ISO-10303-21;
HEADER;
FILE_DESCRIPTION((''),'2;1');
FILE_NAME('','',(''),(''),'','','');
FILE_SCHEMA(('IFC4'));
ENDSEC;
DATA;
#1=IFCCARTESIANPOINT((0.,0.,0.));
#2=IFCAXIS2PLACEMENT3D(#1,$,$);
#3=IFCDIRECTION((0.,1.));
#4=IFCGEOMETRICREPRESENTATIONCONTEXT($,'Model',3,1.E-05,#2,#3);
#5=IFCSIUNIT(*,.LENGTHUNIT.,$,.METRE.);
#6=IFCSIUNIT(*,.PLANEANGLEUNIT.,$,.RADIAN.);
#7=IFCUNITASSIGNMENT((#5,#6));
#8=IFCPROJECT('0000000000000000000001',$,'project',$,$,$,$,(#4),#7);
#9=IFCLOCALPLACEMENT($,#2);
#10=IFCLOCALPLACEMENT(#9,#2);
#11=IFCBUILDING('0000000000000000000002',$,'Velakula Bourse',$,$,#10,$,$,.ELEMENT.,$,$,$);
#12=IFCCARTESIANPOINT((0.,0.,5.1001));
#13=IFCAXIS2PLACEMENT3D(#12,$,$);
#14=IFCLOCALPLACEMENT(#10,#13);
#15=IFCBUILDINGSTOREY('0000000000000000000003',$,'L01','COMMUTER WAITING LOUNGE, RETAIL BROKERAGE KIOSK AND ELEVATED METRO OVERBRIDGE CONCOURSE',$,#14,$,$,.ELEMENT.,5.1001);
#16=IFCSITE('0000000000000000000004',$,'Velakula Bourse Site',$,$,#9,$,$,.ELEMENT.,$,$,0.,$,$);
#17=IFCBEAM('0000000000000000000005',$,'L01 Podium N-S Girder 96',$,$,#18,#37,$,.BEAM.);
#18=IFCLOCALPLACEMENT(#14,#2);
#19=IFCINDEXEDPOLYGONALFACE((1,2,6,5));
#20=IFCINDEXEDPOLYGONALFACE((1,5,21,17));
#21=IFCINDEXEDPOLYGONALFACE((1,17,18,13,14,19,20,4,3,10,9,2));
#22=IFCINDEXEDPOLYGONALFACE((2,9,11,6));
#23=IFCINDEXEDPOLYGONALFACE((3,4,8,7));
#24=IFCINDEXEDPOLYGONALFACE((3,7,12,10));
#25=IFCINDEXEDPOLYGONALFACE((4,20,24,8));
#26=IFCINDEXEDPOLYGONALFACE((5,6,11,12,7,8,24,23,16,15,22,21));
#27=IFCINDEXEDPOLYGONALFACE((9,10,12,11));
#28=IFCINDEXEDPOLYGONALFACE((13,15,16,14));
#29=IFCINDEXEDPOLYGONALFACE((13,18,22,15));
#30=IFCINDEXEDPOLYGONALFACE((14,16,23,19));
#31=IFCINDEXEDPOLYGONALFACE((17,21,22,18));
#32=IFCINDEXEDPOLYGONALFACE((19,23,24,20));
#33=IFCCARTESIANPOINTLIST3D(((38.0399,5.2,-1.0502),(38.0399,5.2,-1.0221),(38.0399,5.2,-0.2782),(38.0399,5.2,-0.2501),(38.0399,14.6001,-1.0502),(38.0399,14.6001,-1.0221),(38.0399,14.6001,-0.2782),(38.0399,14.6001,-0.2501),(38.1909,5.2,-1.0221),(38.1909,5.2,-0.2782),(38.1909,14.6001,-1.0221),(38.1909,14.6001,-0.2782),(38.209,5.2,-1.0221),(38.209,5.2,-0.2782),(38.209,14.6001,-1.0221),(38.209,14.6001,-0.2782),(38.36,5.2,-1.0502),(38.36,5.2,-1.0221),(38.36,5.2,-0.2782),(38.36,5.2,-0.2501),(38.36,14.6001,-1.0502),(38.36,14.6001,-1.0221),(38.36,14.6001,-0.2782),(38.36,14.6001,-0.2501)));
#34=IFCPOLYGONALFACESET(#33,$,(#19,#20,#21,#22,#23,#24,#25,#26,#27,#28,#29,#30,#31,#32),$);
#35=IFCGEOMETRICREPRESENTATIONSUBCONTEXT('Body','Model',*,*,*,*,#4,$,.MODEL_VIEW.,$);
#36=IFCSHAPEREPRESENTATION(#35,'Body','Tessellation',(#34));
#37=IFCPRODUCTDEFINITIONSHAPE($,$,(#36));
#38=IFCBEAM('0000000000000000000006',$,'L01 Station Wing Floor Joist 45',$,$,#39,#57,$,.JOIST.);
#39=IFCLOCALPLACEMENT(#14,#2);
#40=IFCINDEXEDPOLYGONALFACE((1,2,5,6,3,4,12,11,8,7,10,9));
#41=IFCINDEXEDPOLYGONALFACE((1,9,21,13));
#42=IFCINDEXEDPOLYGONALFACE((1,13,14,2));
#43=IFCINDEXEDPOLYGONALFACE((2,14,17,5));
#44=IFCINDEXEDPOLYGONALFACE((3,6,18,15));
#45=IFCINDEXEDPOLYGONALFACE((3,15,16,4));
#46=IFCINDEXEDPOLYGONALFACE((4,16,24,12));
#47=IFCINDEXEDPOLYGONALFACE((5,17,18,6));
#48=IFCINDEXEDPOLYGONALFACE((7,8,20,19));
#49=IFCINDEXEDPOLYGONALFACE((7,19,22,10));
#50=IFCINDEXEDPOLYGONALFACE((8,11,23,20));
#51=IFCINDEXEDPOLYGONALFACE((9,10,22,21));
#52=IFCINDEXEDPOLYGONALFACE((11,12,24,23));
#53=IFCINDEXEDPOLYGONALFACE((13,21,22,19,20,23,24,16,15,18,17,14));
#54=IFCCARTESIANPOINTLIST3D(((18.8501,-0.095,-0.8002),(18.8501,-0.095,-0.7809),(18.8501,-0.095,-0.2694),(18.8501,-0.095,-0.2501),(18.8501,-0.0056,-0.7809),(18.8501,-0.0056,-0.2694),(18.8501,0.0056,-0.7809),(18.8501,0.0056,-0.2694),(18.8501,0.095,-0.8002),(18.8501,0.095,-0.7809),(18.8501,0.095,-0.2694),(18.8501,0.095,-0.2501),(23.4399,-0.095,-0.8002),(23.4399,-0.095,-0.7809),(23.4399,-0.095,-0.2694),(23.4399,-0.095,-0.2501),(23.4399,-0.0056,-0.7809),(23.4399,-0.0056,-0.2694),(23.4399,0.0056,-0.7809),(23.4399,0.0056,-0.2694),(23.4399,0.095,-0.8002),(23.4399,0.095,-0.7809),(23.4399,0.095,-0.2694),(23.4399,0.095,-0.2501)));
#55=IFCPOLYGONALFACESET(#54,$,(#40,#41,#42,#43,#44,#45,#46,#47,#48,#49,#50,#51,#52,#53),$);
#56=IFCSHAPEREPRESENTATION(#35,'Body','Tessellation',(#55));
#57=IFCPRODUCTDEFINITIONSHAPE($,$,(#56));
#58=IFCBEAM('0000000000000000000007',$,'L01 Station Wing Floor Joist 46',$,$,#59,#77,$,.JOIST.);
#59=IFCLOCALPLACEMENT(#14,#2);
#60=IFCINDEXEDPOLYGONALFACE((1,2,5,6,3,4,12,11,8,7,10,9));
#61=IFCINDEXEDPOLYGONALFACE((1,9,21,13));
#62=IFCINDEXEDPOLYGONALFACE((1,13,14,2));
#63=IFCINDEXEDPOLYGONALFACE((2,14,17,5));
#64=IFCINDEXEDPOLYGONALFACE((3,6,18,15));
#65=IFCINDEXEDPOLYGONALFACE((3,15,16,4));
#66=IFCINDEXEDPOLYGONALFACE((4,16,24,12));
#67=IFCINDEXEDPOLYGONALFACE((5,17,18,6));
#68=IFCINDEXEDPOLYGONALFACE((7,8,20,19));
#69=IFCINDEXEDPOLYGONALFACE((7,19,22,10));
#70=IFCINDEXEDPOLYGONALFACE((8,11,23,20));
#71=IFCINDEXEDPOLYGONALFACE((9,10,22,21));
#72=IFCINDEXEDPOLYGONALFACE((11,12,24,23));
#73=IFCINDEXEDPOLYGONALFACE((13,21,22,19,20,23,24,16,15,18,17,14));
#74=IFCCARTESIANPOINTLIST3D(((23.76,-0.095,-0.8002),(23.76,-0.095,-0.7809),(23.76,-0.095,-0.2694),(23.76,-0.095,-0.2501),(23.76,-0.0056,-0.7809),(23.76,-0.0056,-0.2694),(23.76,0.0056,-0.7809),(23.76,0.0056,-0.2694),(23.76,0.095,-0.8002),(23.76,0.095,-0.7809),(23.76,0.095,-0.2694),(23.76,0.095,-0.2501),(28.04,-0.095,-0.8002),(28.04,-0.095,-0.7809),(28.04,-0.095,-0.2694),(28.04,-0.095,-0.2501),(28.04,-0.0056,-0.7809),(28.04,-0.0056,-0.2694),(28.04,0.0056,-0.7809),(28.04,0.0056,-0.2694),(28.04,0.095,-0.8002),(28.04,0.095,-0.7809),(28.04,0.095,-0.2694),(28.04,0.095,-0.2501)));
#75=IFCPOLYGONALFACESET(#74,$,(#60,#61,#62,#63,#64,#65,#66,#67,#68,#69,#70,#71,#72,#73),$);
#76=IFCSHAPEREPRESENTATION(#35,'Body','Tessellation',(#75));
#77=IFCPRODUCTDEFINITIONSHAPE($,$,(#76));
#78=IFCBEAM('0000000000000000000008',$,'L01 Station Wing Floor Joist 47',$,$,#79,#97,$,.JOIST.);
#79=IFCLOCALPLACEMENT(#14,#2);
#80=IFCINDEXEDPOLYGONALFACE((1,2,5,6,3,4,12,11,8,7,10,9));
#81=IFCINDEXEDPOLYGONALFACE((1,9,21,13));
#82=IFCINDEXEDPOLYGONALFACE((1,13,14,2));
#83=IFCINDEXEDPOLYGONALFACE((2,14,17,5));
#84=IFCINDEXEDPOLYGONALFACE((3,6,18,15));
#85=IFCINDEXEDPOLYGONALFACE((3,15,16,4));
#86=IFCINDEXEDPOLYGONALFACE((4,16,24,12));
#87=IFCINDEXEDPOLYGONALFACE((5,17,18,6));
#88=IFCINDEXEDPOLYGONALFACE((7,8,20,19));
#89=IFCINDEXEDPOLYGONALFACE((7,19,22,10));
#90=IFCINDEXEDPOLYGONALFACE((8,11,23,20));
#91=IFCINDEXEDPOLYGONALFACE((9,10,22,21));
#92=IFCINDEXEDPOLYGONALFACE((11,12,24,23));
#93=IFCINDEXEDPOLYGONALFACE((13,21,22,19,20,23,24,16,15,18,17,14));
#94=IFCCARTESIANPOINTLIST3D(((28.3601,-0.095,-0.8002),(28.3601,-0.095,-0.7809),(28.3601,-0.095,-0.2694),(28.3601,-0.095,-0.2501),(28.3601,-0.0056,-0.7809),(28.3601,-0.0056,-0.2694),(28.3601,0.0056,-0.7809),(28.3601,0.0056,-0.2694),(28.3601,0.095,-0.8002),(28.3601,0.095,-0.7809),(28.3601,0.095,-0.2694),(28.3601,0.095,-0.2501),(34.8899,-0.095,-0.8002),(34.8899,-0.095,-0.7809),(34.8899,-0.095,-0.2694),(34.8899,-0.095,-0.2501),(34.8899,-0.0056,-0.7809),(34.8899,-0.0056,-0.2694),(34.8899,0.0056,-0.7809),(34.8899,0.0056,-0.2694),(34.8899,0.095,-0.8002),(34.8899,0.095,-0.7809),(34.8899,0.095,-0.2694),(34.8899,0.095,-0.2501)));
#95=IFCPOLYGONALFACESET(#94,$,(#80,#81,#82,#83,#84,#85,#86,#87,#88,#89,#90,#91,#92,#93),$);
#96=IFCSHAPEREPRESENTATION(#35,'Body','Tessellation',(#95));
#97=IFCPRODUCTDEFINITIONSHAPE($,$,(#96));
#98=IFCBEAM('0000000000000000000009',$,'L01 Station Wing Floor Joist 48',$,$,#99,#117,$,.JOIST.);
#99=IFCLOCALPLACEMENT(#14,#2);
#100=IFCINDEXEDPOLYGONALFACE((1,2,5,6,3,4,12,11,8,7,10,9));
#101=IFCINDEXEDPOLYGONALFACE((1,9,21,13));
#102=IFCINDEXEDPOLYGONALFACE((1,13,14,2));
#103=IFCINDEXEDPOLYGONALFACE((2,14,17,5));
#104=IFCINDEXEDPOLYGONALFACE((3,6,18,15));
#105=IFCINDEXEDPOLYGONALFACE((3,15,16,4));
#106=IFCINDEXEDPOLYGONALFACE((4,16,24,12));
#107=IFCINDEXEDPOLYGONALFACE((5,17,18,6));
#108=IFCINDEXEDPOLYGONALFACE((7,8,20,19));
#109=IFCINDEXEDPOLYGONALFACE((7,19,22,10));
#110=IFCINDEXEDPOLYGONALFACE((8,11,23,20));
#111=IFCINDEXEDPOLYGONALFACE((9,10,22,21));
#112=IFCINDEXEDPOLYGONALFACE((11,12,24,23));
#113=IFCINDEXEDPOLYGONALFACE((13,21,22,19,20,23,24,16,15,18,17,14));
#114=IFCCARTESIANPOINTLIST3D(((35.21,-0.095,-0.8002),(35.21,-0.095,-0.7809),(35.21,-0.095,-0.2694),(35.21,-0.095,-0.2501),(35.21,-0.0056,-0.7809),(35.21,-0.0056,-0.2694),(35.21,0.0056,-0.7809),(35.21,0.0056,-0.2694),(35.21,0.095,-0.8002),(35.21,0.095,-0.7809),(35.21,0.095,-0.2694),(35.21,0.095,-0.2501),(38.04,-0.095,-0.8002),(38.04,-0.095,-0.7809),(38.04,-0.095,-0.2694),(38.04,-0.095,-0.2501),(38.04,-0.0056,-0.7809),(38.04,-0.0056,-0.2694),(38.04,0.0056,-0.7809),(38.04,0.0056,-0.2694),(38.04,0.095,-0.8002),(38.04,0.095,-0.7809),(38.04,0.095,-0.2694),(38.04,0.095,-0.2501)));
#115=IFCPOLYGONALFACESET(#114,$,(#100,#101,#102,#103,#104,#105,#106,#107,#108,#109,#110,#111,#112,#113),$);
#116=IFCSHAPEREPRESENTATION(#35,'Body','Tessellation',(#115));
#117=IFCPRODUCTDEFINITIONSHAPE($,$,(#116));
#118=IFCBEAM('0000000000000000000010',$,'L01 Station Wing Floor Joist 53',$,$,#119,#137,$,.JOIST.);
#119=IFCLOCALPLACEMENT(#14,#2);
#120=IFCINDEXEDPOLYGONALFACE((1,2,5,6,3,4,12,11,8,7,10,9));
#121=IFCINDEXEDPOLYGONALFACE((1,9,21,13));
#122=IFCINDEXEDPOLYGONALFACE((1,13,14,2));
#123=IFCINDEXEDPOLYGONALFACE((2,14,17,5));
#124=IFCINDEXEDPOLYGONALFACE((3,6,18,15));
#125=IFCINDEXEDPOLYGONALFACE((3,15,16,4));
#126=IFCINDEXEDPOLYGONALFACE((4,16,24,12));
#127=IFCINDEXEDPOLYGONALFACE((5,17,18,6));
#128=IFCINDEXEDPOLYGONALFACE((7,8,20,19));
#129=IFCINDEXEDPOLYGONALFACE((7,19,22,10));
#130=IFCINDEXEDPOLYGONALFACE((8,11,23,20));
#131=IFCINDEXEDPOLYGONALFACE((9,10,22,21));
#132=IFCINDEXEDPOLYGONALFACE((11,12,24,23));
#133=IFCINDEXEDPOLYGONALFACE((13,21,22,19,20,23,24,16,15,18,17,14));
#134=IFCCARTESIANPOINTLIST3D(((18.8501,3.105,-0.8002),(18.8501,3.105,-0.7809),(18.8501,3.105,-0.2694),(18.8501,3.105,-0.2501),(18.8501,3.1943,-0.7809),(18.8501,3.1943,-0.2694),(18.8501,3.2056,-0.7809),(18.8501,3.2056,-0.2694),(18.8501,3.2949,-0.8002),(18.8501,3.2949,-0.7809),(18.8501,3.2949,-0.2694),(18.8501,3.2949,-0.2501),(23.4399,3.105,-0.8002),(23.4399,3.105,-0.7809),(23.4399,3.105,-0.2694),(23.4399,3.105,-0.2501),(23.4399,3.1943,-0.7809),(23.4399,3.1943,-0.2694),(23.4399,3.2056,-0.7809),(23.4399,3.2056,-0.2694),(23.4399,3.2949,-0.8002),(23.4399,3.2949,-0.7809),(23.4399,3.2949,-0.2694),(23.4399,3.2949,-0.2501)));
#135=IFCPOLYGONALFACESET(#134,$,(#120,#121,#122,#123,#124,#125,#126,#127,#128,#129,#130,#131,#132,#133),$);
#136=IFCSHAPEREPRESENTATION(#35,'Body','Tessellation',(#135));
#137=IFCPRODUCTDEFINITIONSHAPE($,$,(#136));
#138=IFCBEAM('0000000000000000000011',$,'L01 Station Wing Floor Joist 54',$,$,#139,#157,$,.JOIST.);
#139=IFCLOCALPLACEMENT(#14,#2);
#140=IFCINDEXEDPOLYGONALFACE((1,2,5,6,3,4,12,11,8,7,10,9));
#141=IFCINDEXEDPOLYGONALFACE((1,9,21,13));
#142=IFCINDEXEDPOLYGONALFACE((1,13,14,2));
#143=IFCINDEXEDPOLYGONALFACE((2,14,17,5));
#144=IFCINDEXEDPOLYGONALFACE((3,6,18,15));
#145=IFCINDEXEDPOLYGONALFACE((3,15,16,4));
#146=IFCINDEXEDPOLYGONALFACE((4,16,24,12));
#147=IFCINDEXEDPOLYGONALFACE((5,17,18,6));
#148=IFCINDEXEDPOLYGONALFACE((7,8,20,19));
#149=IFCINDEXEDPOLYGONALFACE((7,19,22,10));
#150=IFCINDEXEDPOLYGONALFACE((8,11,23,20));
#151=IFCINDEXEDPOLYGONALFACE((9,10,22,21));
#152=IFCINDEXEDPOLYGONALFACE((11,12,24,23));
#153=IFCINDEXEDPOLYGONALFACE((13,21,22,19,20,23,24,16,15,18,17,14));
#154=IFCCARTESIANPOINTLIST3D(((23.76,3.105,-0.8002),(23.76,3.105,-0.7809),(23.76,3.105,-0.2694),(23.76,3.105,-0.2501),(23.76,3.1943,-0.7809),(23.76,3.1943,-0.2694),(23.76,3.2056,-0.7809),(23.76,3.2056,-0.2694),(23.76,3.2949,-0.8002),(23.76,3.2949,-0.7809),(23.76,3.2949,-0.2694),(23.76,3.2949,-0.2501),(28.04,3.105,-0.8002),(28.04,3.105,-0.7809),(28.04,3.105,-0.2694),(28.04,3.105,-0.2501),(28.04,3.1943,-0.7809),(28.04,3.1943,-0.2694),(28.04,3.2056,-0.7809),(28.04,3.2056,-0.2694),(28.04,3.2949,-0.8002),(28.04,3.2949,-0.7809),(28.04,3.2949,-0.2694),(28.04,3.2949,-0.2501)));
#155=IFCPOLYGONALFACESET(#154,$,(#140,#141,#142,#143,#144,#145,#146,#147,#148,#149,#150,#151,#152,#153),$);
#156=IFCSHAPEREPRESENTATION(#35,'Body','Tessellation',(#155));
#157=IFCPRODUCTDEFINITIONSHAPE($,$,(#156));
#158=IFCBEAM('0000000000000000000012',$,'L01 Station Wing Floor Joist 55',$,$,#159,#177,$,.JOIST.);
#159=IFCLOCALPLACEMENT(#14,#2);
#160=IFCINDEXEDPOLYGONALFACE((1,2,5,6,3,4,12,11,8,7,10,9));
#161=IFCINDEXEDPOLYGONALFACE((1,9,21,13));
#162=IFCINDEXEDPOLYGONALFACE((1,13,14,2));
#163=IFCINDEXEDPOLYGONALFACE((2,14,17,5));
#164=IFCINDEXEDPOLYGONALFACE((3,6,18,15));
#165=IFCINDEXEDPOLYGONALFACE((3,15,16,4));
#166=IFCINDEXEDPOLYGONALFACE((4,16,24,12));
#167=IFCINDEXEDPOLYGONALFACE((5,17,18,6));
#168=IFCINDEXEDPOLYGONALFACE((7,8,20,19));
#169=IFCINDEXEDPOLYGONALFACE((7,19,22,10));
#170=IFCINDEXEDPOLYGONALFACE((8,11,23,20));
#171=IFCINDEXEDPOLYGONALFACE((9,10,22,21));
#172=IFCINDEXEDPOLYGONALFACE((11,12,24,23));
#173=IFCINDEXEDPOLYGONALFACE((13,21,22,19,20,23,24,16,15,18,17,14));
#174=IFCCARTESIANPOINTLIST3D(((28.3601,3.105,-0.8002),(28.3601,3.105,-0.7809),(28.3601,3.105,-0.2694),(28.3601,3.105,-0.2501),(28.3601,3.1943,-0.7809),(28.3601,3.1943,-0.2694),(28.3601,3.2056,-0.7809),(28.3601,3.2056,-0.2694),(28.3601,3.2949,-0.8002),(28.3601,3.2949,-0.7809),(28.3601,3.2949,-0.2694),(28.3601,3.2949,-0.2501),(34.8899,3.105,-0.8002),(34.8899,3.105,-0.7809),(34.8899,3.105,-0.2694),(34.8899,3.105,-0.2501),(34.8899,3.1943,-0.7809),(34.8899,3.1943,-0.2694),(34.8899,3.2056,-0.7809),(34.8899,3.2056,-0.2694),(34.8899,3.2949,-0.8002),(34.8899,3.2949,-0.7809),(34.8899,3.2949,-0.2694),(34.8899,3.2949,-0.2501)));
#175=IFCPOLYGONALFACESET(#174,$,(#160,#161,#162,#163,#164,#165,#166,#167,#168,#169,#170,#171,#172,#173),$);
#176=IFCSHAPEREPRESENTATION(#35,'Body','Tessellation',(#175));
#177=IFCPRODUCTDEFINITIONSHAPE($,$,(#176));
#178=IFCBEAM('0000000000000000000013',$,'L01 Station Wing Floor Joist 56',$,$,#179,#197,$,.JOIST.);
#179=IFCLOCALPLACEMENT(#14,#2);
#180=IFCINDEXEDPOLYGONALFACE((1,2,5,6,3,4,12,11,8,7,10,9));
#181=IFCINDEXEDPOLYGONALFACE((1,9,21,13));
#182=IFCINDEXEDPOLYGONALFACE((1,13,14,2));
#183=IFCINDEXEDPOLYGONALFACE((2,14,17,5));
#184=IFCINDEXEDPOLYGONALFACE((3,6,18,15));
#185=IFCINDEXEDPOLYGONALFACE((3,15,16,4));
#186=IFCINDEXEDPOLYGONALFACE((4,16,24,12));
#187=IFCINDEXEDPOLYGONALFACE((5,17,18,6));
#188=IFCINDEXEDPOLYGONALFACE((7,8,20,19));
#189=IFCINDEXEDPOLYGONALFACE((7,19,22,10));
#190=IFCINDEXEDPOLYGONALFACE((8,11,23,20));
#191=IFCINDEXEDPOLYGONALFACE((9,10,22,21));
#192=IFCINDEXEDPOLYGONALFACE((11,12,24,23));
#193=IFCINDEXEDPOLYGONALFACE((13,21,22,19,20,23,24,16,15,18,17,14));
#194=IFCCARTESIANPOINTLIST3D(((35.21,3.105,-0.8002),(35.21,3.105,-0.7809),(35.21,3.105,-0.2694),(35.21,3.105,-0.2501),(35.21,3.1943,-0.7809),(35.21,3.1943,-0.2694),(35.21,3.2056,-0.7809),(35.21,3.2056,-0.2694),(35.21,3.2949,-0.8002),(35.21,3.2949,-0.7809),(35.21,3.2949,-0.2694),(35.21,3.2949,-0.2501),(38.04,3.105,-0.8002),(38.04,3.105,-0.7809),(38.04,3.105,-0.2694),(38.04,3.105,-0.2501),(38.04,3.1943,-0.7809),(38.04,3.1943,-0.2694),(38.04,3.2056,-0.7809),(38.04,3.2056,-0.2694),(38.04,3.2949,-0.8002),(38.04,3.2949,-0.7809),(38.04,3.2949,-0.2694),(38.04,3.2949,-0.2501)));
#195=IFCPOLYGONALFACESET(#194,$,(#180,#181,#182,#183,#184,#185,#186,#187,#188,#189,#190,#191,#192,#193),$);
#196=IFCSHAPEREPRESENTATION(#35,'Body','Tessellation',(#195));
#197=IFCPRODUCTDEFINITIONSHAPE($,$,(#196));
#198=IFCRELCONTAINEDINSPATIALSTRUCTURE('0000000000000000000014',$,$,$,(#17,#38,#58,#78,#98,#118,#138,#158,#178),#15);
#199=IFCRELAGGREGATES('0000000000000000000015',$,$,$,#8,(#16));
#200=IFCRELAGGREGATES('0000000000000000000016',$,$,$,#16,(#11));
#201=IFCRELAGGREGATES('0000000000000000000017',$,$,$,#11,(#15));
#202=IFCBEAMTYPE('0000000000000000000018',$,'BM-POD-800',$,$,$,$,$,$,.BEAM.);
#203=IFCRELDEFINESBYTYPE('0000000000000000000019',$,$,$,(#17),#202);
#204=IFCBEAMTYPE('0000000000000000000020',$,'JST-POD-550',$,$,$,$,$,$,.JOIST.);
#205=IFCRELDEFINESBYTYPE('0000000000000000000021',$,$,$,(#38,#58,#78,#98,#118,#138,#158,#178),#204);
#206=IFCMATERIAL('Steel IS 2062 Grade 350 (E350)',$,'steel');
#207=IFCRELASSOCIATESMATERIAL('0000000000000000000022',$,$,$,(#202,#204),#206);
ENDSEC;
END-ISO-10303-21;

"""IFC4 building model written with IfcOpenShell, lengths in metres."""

from ifc_helpers import new_model, si_unit, direction, frame, origin, origin_2d, place, context, subcontext, project, spatial, i_section, extrude, material, material_profile, profile_set, type_object, element, save


model = new_model("IFC4")

# Units and contexts
model_context = context("Model", 3, precision=1e-05, world=origin(), true_north=direction((0.0, 1.0)))
body_context = subcontext(model_context, "Body", "Model", "MODEL_VIEW")
ifc_project = project(units=[si_unit("LENGTHUNIT", "METRE"), si_unit("PLANEANGLEUNIT", "RADIAN")], contexts=[model_context])

# Site, building, storey
site_placement = place(None, origin())
site = spatial("IfcSite", under=ifc_project, at=site_placement, Name="Velakula Bourse Site", CompositionType="ELEMENT", RefElevation=0.0)
building_placement = place(site_placement, origin())
building = spatial("IfcBuilding", under=site, at=building_placement, Name="Velakula Bourse", CompositionType="ELEMENT")
storey_placement = place(building_placement, frame((0.0, 0.0, 5.1001)))
storey = spatial("IfcBuildingStorey", under=building, at=storey_placement, Name="L01", Description="COMMUTER WAITING LOUNGE, RETAIL BROKERAGE KIOSK AND ELEVATED METRO OVERBRIDGE CONCOURSE", CompositionType="ELEMENT", Elevation=5.1001)

# Beams
ifc_material_1 = material(Name="Steel IS 2062 Grade 350 (E350)", Category="steel")
ifc_material_profile_1 = material_profile(ifc_material_1, i_section(OverallWidth=0.3201, OverallDepth=0.8, WebThickness=0.0181, FlangeThickness=0.0281, at=origin_2d()), Name="Steel IS 2062 Grade 350 (E350)")
ifc_profile_set_1 = profile_set([ifc_material_profile_1], Name="Steel IS 2062 Grade 350 (E350)")
beam_type_1 = type_object("IfcBeamType", Name="BM-POD-800", PredefinedType="BEAM", material=ifc_profile_set_1)
beam_1_placement = place(storey_placement, frame((38.2, 5.2, -0.6501), z_axis=(0.0, 1.0, 0.0), x_axis=(-1.0, 0.0, 0.0)))
element("IfcBeam", 1, at=beam_1_placement, inside=storey, type_object=beam_type_1, Name="L01 Podium N-S Girder 96", PredefinedType="BEAM", context=body_context, shape_type="SweptSolid", body=[
    extrude(i_section(OverallWidth=0.3201, OverallDepth=0.8, WebThickness=0.0181, FlangeThickness=0.0281, at=origin_2d()), origin(), (0.0, 0.0, 1.0), 9.4001),
])
ifc_material_profile_2 = material_profile(ifc_material_1, i_section(OverallWidth=0.1899, OverallDepth=0.55, WebThickness=0.0112, FlangeThickness=0.0193, at=origin_2d()), Name="Steel IS 2062 Grade 350 (E350)")
ifc_profile_set_2 = profile_set([ifc_material_profile_2], Name="Steel IS 2062 Grade 350 (E350)")
beam_type_2 = type_object("IfcBeamType", Name="JST-POD-550", PredefinedType="JOIST", material=ifc_profile_set_2)
beam_2_placement = place(storey_placement, frame((18.8501, 0.0, -0.5251), z_axis=(1.0, 0.0, 0.0), x_axis=(0.0, 1.0, 0.0)))
element("IfcBeam", 2, at=beam_2_placement, inside=storey, type_object=beam_type_2, Name="L01 Station Wing Floor Joist 45", PredefinedType="JOIST", context=body_context, shape_type="SweptSolid", body=[
    extrude(i_section(OverallWidth=0.1899, OverallDepth=0.55, WebThickness=0.0112, FlangeThickness=0.0193, at=origin_2d()), origin(), (0.0, 0.0, 1.0), 4.5898),
])
beam_3_placement = place(storey_placement, frame((23.76, 0.0, -0.5251), z_axis=(1.0, 0.0, 0.0), x_axis=(0.0, 1.0, 0.0)))
element("IfcBeam", 3, at=beam_3_placement, inside=storey, type_object=beam_type_2, Name="L01 Station Wing Floor Joist 46", PredefinedType="JOIST", context=body_context, shape_type="SweptSolid", body=[
    extrude(i_section(OverallWidth=0.1899, OverallDepth=0.55, WebThickness=0.0112, FlangeThickness=0.0193, at=origin_2d()), origin(), (0.0, 0.0, 1.0), 4.28),
])
beam_4_placement = place(storey_placement, frame((28.3601, 0.0, -0.5251), z_axis=(1.0, 0.0, 0.0), x_axis=(0.0, 1.0, 0.0)))
element("IfcBeam", 4, at=beam_4_placement, inside=storey, type_object=beam_type_2, Name="L01 Station Wing Floor Joist 47", PredefinedType="JOIST", context=body_context, shape_type="SweptSolid", body=[
    extrude(i_section(OverallWidth=0.1899, OverallDepth=0.55, WebThickness=0.0112, FlangeThickness=0.0193, at=origin_2d()), origin(), (0.0, 0.0, 1.0), 6.5298),
])
beam_5_placement = place(storey_placement, frame((35.21, 0.0, -0.5251), z_axis=(1.0, 0.0, 0.0), x_axis=(0.0, 1.0, 0.0)))
element("IfcBeam", 5, at=beam_5_placement, inside=storey, type_object=beam_type_2, Name="L01 Station Wing Floor Joist 48", PredefinedType="JOIST", context=body_context, shape_type="SweptSolid", body=[
    extrude(i_section(OverallWidth=0.1899, OverallDepth=0.55, WebThickness=0.0112, FlangeThickness=0.0193, at=origin_2d()), origin(), (0.0, 0.0, 1.0), 2.8301),
])
beam_6_placement = place(storey_placement, frame((18.8501, 3.2, -0.5251), z_axis=(1.0, 0.0, 0.0), x_axis=(0.0, 1.0, 0.0)))
element("IfcBeam", 6, at=beam_6_placement, inside=storey, type_object=beam_type_2, Name="L01 Station Wing Floor Joist 53", PredefinedType="JOIST", context=body_context, shape_type="SweptSolid", body=[
    extrude(i_section(OverallWidth=0.1899, OverallDepth=0.55, WebThickness=0.0112, FlangeThickness=0.0193, at=origin_2d()), origin(), (0.0, 0.0, 1.0), 4.5898),
])
beam_7_placement = place(storey_placement, frame((23.76, 3.2, -0.5251), z_axis=(1.0, 0.0, 0.0), x_axis=(0.0, 1.0, 0.0)))
element("IfcBeam", 7, at=beam_7_placement, inside=storey, type_object=beam_type_2, Name="L01 Station Wing Floor Joist 54", PredefinedType="JOIST", context=body_context, shape_type="SweptSolid", body=[
    extrude(i_section(OverallWidth=0.1899, OverallDepth=0.55, WebThickness=0.0112, FlangeThickness=0.0193, at=origin_2d()), origin(), (0.0, 0.0, 1.0), 4.28),
])
beam_8_placement = place(storey_placement, frame((28.3601, 3.2, -0.5251), z_axis=(1.0, 0.0, 0.0), x_axis=(0.0, 1.0, 0.0)))
element("IfcBeam", 8, at=beam_8_placement, inside=storey, type_object=beam_type_2, Name="L01 Station Wing Floor Joist 55", PredefinedType="JOIST", context=body_context, shape_type="SweptSolid", body=[
    extrude(i_section(OverallWidth=0.1899, OverallDepth=0.55, WebThickness=0.0112, FlangeThickness=0.0193, at=origin_2d()), origin(), (0.0, 0.0, 1.0), 6.5298),
])
beam_9_placement = place(storey_placement, frame((35.21, 3.2, -0.5251), z_axis=(1.0, 0.0, 0.0), x_axis=(0.0, 1.0, 0.0)))
element("IfcBeam", 9, at=beam_9_placement, inside=storey, type_object=beam_type_2, Name="L01 Station Wing Floor Joist 56", PredefinedType="JOIST", context=body_context, shape_type="SweptSolid", body=[
    extrude(i_section(OverallWidth=0.1899, OverallDepth=0.55, WebThickness=0.0112, FlangeThickness=0.0193, at=origin_2d()), origin(), (0.0, 0.0, 1.0), 2.8301),
])

save(model, "model.ifc")
